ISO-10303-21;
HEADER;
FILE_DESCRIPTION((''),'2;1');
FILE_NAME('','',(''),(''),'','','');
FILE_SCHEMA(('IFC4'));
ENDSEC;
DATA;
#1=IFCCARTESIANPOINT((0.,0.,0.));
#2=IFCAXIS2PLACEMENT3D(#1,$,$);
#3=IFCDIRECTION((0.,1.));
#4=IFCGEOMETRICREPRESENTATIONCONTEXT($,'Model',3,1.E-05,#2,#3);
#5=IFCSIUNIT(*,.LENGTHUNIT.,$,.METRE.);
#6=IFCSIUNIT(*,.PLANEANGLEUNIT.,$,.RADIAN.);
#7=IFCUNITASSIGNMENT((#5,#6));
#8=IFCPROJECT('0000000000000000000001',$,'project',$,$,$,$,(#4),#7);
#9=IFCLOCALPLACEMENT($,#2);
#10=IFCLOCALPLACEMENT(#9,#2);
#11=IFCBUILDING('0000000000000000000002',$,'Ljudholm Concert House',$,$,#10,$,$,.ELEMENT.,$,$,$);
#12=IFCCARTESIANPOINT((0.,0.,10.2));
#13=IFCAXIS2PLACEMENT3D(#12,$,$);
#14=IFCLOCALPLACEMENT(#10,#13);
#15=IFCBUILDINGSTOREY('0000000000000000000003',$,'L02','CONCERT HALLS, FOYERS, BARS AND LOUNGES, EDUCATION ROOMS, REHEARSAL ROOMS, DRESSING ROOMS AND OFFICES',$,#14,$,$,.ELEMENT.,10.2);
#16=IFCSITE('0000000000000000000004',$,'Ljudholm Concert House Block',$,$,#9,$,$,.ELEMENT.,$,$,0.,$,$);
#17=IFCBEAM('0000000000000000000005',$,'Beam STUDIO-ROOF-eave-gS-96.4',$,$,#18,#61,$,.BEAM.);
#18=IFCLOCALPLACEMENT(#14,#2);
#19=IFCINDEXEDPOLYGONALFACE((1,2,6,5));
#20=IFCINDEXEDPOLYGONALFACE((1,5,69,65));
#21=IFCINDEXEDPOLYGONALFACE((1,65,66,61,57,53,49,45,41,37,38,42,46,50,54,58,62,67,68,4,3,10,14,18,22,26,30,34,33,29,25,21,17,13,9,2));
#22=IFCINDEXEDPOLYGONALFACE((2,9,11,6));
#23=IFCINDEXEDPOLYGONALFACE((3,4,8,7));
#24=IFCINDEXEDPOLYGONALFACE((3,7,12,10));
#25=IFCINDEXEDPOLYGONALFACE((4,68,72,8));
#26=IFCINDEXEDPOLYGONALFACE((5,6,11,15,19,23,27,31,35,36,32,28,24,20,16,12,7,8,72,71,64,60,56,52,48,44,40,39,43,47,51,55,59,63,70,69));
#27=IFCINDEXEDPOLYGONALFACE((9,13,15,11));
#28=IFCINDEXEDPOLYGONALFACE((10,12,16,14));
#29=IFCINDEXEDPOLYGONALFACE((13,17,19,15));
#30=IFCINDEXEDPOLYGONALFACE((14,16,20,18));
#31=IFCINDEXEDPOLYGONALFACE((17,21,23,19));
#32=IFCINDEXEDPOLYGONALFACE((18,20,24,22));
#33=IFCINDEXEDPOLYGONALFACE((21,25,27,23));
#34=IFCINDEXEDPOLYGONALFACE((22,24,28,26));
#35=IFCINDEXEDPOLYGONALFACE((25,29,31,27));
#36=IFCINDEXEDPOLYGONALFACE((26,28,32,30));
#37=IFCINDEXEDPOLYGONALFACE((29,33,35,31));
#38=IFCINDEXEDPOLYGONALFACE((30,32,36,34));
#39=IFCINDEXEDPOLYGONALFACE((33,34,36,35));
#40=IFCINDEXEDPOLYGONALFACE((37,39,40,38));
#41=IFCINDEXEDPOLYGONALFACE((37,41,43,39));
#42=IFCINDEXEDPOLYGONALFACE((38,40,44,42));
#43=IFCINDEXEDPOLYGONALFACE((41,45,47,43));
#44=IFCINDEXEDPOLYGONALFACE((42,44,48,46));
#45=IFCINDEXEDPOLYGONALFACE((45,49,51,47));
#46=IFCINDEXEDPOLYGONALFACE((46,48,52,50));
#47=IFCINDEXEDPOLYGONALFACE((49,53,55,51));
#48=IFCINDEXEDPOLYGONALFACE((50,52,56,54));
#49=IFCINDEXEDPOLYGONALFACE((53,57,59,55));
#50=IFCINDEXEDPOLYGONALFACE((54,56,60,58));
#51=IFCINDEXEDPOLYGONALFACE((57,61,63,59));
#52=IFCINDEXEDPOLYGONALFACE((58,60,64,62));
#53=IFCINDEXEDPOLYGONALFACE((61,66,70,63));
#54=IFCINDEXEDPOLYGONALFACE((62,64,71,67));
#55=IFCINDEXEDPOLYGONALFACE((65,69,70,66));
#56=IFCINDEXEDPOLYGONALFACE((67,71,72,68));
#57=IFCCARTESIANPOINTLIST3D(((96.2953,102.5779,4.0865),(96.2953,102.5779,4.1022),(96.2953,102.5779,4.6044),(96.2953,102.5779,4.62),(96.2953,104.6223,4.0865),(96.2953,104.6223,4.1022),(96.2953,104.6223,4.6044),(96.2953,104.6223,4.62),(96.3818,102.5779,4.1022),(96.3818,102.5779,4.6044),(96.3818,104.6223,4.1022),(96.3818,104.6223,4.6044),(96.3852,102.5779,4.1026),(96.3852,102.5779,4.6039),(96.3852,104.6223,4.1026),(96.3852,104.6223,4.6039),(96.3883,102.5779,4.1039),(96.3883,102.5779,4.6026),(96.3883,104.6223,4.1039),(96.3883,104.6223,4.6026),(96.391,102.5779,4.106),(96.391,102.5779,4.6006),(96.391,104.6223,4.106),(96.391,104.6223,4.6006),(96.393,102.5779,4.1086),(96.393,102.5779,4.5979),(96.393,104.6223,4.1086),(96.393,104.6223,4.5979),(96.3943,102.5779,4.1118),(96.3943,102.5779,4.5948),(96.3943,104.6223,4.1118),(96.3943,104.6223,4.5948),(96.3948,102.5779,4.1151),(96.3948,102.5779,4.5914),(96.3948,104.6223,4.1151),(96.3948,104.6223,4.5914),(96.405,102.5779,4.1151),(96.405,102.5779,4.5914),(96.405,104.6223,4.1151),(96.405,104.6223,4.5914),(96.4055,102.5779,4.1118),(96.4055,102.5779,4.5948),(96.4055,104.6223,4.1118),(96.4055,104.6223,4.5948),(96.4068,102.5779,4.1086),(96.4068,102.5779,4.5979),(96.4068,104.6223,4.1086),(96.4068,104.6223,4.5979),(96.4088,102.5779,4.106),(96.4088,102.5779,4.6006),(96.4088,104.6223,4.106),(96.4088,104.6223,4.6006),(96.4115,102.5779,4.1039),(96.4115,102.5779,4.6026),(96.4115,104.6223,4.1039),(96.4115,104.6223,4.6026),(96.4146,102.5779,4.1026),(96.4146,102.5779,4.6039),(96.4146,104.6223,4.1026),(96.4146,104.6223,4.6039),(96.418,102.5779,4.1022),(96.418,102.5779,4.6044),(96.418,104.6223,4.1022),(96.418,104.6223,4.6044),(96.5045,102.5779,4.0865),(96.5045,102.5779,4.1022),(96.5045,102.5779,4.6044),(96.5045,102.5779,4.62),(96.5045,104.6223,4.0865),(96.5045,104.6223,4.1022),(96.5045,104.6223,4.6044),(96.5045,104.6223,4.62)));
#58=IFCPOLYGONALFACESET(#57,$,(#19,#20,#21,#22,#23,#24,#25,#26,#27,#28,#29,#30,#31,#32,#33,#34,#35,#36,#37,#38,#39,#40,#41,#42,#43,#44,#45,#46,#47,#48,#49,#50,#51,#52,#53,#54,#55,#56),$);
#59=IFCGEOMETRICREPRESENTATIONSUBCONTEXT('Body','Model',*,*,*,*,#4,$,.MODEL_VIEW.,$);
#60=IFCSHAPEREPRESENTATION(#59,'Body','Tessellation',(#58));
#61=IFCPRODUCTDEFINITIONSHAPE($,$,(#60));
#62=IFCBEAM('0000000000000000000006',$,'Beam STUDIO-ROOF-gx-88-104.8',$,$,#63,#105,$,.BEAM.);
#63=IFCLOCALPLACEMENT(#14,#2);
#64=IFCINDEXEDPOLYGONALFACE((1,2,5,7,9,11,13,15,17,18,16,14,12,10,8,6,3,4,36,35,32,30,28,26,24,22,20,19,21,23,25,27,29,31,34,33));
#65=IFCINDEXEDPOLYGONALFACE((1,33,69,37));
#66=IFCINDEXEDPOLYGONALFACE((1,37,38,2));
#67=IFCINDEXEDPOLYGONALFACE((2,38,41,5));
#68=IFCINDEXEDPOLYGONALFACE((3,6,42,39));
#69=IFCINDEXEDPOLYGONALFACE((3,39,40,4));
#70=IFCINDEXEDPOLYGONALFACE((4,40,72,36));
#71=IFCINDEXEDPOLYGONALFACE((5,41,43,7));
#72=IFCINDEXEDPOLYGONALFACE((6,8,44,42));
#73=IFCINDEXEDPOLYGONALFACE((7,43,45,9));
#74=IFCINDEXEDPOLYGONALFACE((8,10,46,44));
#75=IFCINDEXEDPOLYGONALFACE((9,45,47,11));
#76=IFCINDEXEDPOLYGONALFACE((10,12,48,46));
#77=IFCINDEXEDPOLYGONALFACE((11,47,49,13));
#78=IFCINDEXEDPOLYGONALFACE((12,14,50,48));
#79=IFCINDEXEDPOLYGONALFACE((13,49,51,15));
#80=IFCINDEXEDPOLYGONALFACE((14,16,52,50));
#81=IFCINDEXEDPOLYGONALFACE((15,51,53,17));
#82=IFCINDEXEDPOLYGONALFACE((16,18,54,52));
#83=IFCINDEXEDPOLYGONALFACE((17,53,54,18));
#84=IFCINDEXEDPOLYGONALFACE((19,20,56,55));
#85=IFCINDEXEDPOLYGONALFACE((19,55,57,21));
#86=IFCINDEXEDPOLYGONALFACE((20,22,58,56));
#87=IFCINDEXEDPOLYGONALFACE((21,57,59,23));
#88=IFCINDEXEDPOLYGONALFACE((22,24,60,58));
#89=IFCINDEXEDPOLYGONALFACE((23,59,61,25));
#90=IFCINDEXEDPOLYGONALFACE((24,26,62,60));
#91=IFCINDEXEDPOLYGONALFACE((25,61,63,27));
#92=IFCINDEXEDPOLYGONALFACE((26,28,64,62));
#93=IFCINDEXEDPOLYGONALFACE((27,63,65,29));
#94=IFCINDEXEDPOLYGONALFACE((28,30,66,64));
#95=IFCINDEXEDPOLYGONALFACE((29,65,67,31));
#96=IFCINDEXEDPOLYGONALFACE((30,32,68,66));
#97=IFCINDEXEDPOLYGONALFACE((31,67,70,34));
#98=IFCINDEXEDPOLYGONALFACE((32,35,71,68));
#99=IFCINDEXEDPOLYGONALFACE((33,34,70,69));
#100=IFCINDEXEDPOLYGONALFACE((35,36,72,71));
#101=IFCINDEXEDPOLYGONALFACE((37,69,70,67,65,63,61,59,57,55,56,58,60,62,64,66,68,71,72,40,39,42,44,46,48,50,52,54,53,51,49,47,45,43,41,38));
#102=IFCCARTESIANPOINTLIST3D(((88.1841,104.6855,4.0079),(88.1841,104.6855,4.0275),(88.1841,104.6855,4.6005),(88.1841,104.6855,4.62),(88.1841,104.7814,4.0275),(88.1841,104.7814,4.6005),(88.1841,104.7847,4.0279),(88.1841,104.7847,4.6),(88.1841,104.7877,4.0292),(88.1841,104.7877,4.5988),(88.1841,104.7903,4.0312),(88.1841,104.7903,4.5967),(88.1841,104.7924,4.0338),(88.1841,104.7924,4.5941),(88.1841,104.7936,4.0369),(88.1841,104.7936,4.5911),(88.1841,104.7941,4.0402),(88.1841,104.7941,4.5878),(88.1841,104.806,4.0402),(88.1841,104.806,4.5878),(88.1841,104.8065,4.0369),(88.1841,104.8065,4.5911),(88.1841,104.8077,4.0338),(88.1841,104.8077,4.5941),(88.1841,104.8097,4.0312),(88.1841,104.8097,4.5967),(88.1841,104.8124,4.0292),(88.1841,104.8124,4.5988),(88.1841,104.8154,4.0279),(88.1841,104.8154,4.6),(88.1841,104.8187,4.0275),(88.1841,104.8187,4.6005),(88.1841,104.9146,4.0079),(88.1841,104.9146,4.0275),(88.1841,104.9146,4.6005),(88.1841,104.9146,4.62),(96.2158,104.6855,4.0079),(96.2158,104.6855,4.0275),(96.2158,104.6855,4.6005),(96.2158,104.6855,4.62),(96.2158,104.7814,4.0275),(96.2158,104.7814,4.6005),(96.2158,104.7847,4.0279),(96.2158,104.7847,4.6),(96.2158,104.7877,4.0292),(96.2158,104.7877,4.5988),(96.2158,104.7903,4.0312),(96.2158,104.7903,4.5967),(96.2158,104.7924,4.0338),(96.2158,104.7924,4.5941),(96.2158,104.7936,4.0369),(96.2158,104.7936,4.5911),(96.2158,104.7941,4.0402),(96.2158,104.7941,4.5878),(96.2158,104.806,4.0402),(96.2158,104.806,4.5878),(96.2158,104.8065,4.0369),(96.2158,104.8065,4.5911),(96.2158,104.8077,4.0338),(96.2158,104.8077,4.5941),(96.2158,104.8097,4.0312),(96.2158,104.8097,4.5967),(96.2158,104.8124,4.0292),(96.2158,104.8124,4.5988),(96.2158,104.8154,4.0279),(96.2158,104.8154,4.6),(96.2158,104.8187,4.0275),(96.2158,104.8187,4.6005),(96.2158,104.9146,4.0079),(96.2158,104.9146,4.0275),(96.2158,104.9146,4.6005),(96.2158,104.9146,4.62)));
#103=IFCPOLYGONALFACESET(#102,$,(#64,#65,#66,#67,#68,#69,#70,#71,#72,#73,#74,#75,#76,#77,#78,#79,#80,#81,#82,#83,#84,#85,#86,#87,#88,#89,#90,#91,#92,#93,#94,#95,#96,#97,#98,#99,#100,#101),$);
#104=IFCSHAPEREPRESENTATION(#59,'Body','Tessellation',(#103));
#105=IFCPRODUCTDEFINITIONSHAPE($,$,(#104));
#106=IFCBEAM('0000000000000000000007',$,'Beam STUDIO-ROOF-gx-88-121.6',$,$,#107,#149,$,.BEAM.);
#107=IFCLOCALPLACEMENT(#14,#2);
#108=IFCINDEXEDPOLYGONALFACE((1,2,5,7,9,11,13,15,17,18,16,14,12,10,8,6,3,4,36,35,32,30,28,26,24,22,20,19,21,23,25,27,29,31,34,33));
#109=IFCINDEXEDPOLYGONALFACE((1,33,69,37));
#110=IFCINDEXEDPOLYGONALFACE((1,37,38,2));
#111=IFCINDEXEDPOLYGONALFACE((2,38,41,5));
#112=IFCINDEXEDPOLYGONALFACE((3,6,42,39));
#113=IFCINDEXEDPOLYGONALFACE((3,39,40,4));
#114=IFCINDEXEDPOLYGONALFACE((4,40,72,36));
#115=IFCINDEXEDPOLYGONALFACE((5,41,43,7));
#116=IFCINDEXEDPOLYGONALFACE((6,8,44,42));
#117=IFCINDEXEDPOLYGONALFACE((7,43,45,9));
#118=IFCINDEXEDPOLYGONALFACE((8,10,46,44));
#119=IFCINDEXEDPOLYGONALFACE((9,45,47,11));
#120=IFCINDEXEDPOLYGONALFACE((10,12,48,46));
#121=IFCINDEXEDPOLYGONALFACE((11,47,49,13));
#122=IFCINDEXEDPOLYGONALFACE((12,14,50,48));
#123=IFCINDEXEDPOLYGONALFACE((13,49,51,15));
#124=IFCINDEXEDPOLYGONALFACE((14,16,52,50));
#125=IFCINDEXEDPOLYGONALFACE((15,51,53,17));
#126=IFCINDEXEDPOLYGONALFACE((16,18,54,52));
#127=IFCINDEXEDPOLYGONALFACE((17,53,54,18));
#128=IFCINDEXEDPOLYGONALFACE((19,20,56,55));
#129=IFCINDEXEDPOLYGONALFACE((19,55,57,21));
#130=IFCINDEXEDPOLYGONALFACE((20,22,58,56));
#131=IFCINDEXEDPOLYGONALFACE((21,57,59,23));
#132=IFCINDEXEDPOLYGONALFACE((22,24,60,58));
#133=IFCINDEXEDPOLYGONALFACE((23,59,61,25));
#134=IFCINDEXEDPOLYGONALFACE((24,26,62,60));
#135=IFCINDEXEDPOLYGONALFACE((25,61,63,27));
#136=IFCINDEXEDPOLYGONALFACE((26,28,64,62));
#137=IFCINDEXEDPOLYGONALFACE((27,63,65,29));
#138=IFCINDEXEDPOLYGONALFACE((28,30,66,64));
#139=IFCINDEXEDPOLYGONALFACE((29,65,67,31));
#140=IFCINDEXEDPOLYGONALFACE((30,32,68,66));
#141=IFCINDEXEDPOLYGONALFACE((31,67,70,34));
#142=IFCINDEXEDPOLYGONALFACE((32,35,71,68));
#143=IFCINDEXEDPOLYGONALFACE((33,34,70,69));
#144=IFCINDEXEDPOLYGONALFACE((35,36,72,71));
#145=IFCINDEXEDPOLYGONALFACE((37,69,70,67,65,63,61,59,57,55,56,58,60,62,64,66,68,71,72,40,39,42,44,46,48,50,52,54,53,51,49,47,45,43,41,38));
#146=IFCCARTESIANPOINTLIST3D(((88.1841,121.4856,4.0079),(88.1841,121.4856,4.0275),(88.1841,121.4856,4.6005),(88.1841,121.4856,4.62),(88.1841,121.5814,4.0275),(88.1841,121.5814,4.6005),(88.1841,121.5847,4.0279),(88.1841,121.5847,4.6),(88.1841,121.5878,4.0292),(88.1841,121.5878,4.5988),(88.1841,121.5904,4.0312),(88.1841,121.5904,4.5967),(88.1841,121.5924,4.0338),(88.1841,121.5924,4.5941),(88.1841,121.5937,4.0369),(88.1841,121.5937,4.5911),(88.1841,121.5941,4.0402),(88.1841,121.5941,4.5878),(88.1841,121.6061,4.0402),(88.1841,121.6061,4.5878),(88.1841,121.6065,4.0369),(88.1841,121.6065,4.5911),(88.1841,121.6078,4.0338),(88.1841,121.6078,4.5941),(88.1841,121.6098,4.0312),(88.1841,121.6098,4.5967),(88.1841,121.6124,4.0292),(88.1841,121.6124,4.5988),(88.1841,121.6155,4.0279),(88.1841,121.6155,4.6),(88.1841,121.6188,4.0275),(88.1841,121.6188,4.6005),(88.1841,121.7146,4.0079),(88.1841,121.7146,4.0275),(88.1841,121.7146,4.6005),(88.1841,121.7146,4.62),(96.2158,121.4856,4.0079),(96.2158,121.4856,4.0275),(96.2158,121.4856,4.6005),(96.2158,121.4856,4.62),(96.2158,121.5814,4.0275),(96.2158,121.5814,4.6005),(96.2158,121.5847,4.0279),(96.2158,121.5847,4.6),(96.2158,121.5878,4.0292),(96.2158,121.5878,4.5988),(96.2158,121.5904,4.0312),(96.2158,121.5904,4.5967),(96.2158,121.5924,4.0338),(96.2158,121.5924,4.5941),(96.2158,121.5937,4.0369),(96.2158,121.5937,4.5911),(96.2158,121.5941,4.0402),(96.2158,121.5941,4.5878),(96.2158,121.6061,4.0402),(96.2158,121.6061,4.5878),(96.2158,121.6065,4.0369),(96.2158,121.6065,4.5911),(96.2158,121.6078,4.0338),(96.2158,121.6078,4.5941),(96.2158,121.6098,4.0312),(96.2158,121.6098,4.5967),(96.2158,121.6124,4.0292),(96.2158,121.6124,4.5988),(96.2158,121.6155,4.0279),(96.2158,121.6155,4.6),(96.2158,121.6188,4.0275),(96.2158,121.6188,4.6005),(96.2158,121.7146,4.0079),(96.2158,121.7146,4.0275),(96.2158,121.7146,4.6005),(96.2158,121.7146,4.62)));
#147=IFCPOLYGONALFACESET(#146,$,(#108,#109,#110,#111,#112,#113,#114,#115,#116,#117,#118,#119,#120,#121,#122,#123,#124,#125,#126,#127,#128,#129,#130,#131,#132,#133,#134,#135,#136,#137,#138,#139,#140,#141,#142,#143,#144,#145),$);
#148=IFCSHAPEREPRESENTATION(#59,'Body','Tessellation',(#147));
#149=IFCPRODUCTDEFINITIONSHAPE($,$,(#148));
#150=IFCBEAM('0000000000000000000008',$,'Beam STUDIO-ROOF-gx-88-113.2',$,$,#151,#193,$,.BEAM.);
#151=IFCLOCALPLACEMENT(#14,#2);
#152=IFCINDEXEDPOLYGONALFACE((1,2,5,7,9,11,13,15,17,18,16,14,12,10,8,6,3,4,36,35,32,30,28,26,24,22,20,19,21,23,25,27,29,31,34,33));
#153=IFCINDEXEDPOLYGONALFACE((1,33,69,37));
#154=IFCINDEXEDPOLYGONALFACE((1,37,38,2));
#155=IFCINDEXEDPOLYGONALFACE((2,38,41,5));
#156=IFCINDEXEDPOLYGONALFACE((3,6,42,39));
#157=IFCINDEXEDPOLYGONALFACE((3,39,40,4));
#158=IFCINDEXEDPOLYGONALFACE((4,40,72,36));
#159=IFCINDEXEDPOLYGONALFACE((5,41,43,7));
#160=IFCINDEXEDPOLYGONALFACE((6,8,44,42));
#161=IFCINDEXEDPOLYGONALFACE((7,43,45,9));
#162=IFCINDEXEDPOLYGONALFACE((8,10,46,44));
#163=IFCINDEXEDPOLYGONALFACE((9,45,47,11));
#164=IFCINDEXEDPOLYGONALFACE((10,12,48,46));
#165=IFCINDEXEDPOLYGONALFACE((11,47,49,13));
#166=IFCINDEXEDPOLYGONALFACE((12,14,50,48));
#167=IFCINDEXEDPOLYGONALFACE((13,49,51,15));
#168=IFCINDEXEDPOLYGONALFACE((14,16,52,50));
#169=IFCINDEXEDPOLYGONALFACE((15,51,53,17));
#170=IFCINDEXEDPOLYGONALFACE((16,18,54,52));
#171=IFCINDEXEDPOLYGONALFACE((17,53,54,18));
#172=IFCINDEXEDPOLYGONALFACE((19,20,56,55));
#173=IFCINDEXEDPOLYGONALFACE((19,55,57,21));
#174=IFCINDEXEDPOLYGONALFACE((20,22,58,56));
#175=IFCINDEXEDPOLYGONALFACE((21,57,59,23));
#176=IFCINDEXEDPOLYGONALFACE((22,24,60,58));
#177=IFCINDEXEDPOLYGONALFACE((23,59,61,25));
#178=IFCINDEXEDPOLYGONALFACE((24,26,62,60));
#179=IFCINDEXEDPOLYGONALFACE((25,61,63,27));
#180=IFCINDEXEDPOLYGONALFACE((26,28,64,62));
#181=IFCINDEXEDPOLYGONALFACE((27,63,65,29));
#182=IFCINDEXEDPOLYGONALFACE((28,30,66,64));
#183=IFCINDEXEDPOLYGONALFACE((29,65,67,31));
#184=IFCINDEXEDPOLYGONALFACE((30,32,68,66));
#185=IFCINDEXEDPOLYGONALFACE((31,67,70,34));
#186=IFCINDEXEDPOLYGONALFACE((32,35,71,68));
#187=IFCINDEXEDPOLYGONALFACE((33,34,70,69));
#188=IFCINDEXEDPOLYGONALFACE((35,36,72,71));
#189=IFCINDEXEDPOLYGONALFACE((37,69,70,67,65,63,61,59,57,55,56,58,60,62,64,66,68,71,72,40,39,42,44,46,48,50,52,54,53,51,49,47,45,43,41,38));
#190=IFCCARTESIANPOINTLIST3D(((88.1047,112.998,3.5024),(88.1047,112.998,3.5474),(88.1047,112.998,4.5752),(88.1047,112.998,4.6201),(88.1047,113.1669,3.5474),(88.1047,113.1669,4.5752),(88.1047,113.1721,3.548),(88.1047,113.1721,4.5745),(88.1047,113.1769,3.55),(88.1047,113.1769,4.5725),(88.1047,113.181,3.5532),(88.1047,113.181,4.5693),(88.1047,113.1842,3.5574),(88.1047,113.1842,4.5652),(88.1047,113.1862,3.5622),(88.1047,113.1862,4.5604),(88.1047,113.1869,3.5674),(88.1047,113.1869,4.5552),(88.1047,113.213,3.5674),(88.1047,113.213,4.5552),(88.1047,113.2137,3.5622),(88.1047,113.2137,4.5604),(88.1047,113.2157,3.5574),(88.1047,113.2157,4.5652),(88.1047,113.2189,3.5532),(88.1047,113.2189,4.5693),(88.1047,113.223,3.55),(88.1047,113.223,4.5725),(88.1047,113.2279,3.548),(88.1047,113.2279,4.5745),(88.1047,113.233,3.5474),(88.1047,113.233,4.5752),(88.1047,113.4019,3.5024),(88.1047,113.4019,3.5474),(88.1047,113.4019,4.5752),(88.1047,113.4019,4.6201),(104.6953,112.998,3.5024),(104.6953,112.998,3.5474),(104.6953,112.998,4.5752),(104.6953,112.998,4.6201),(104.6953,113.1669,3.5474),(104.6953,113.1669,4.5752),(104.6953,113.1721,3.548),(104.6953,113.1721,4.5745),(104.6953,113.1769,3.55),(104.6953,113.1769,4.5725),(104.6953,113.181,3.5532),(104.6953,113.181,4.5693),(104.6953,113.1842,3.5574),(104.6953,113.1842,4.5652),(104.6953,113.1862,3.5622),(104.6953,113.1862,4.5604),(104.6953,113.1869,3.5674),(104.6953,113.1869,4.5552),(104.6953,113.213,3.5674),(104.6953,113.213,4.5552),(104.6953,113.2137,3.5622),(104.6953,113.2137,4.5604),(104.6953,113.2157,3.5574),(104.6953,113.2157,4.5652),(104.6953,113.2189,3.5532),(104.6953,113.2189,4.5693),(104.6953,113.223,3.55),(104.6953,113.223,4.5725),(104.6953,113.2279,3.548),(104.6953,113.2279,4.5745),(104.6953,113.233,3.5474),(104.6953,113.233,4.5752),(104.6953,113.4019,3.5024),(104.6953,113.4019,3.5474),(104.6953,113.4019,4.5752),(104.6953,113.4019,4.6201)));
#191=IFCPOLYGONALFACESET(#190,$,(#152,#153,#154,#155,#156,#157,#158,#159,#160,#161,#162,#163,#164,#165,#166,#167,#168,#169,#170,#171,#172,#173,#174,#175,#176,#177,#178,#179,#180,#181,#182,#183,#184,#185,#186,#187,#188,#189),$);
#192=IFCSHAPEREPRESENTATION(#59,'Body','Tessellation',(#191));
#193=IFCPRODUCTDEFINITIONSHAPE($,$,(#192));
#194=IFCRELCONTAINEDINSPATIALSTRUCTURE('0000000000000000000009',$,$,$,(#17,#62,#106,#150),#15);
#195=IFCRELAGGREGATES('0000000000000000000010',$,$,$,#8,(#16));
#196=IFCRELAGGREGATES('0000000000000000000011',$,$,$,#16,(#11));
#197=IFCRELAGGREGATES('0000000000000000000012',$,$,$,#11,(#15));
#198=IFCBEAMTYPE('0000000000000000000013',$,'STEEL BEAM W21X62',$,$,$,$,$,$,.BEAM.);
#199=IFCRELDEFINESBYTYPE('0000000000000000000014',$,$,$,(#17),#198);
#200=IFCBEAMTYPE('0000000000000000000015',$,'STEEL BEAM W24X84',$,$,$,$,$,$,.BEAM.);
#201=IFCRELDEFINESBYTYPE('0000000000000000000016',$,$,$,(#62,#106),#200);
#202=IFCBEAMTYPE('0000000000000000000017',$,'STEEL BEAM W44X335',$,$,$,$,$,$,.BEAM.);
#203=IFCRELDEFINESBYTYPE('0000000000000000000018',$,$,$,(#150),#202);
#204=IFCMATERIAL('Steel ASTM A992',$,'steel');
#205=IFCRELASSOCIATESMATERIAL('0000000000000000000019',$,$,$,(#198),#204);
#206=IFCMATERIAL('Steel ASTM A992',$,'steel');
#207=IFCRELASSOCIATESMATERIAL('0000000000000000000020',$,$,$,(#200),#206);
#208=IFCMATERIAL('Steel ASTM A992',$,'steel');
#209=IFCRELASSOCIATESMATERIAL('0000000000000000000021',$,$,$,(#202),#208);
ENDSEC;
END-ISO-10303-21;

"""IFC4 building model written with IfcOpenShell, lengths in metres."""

from ifc_helpers import new_model, si_unit, direction, frame, origin, origin_2d, place, context, subcontext, project, spatial, i_section, extrude, material, material_profile, profile_set, type_object, element, save


model = new_model("IFC4")

# Units and contexts
model_context = context("Model", 3, precision=1e-05, world=origin(), true_north=direction((0.0, 1.0)))
body_context = subcontext(model_context, "Body", "Model", "MODEL_VIEW")
ifc_project = project(units=[si_unit("LENGTHUNIT", "METRE"), si_unit("PLANEANGLEUNIT", "RADIAN")], contexts=[model_context])

# Site, building, storey
site_placement = place(None, origin())
site = spatial("IfcSite", under=ifc_project, at=site_placement, Name="Ljudholm Concert House Block", CompositionType="ELEMENT", RefElevation=0.0)
building_placement = place(site_placement, origin())
building = spatial("IfcBuilding", under=site, at=building_placement, Name="Ljudholm Concert House", CompositionType="ELEMENT")
storey_placement = place(building_placement, frame((0.0, 0.0, 10.2)))
storey = spatial("IfcBuildingStorey", under=building, at=storey_placement, Name="L02", Description="CONCERT HALLS, FOYERS, BARS AND LOUNGES, EDUCATION ROOMS, REHEARSAL ROOMS, DRESSING ROOMS AND OFFICES", CompositionType="ELEMENT", Elevation=10.2)

# Beams
ifc_material_1 = material(Name="Steel ASTM A992", Category="steel")
ifc_material_profile_1 = material_profile(ifc_material_1, i_section(OverallWidth=0.2092, OverallDepth=0.5334, WebThickness=0.0103, FlangeThickness=0.0156, FilletRadius=0.0129, at=origin_2d()), Name="W21X62")
ifc_profile_set_1 = profile_set([ifc_material_profile_1], Name="Steel ASTM A992")
beam_type_1 = type_object("IfcBeamType", Name="STEEL BEAM W21X62", PredefinedType="BEAM", material=ifc_profile_set_1)
beam_1_placement = place(storey_placement, frame((96.3999, 104.6223, 4.3533), z_axis=(0.0, -1.0, 0.0), x_axis=(1.0, 0.0, 0.0)))
element("IfcBeam", 1, at=beam_1_placement, inside=storey, type_object=beam_type_1, Name="Beam STUDIO-ROOF-eave-gS-96.4", PredefinedType="BEAM", context=body_context, shape_type="SweptSolid", body=[
    extrude(i_section(OverallWidth=0.2092, OverallDepth=0.5334, WebThickness=0.0103, FlangeThickness=0.0156, FilletRadius=0.0129, at=origin_2d()), origin(), (0.0, 0.0, 1.0), 2.0444),
])
ifc_material_2 = material(Name="Steel ASTM A992", Category="steel")
ifc_material_profile_2 = material_profile(ifc_material_2, i_section(OverallWidth=0.229, OverallDepth=0.6121, WebThickness=0.012, FlangeThickness=0.0195, FilletRadius=0.0127, at=origin_2d()), Name="W24X84")
ifc_profile_set_2 = profile_set([ifc_material_profile_2], Name="Steel ASTM A992")
beam_type_2 = type_object("IfcBeamType", Name="STEEL BEAM W24X84", PredefinedType="BEAM", material=ifc_profile_set_2)
for number, where, z_axis, x_axis, name in (
    (2, (88.1841, 104.8, 4.314), (1.0, 0.0, 0.0), (0.0, 1.0, 0.0), "Beam STUDIO-ROOF-gx-88-104.8"),
    (3, (88.1841, 121.6001, 4.314), (1.0, 0.0, 0.0), (0.0, 1.0, 0.0), "Beam STUDIO-ROOF-gx-88-121.6"),
):
    element("IfcBeam", number, at=place(storey_placement, frame(where, z_axis=z_axis, x_axis=x_axis)), inside=storey, type_object=beam_type_2, Name=name, PredefinedType="BEAM", context=body_context, shape_type="SweptSolid", body=[
        extrude(i_section(OverallWidth=0.229, OverallDepth=0.6121, WebThickness=0.012, FlangeThickness=0.0195, FilletRadius=0.0127, at=origin_2d()), origin(), (0.0, 0.0, 1.0), 8.0317),
    ])
ifc_material_3 = material(Name="Steel ASTM A992", Category="steel")
ifc_material_profile_3 = material_profile(ifc_material_3, i_section(OverallWidth=0.4038, OverallDepth=1.1177, WebThickness=0.0261, FlangeThickness=0.0449, FilletRadius=0.02, at=origin_2d()), Name="W44X335")
ifc_profile_set_3 = profile_set([ifc_material_profile_3], Name="Steel ASTM A992")
beam_type_3 = type_object("IfcBeamType", Name="STEEL BEAM W44X335", PredefinedType="BEAM", material=ifc_profile_set_3)
beam_2_placement = place(storey_placement, frame((88.1047, 113.2, 4.0613), z_axis=(1.0, 0.0, 0.0), x_axis=(0.0, 1.0, 0.0)))
element("IfcBeam", 4, at=beam_2_placement, inside=storey, type_object=beam_type_3, Name="Beam STUDIO-ROOF-gx-88-113.2", PredefinedType="BEAM", context=body_context, shape_type="SweptSolid", body=[
    extrude(i_section(OverallWidth=0.4038, OverallDepth=1.1177, WebThickness=0.0261, FlangeThickness=0.0449, FilletRadius=0.02, at=origin_2d()), origin(), (0.0, 0.0, 1.0), 16.5906),
])

save(model, "model.ifc")
